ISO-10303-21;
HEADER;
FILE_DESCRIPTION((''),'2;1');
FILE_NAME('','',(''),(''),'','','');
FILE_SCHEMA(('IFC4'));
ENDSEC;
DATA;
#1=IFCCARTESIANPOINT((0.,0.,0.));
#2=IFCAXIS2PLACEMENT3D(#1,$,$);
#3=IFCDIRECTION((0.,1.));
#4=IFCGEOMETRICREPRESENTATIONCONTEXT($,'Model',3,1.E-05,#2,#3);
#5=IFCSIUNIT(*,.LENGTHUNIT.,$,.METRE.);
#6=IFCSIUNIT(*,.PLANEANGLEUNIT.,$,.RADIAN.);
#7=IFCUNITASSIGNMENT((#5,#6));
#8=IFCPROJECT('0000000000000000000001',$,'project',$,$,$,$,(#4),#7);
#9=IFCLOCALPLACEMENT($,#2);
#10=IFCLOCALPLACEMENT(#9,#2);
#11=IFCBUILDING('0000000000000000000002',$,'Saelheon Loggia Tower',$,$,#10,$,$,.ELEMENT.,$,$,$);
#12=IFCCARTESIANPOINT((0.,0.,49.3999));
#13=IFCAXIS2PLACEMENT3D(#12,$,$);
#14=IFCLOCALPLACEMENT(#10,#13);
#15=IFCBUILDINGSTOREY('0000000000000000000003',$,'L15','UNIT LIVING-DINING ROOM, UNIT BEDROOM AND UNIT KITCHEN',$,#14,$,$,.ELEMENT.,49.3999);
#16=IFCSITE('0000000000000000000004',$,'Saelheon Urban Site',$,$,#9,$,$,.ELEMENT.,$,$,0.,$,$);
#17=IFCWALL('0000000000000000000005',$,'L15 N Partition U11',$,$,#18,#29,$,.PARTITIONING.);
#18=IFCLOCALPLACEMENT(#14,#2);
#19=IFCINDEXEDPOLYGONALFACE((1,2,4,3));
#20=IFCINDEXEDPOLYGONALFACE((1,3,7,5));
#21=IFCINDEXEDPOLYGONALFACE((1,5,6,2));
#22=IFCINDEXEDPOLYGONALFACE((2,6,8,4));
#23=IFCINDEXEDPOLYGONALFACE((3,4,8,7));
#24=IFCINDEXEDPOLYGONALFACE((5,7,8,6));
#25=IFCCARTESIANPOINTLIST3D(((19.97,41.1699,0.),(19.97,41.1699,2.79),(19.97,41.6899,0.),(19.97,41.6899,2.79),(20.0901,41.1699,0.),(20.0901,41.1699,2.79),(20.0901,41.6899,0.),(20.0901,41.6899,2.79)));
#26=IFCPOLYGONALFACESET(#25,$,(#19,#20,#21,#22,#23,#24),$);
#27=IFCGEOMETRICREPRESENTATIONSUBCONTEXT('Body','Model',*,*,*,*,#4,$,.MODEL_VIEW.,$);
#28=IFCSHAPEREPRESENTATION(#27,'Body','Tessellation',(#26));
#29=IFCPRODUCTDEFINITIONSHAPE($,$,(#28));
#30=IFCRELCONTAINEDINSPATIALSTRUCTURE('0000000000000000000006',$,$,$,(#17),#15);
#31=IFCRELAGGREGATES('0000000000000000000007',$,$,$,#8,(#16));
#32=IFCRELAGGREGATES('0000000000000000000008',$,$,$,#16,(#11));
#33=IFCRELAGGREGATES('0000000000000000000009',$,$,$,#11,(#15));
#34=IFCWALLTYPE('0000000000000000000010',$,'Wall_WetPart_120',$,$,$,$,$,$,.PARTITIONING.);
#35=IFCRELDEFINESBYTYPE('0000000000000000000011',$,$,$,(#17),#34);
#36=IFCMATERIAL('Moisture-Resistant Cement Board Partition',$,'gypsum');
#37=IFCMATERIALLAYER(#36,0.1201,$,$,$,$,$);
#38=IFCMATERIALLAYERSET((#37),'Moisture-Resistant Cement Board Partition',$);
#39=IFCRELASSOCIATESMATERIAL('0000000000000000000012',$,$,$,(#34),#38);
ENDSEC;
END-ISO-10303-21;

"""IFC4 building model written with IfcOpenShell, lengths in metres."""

from ifc_helpers import new_model, si_unit, direction, frame, frame_2d, origin, place, context, subcontext, project, spatial, rectangle, extrude, material, layer, layer_set, type_object, element, save


model = new_model("IFC4")

# Units and contexts
model_context = context("Model", 3, precision=1e-05, world=origin(), true_north=direction((0.0, 1.0)))
body_context = subcontext(model_context, "Body", "Model", "MODEL_VIEW")
ifc_project = project(units=[si_unit("LENGTHUNIT", "METRE"), si_unit("PLANEANGLEUNIT", "RADIAN")], contexts=[model_context])

# Site, building, storey
site_placement = place(None, origin())
site = spatial("IfcSite", under=ifc_project, at=site_placement, Name="Saelheon Urban Site", CompositionType="ELEMENT", RefElevation=0.0)
building_placement = place(site_placement, origin())
building = spatial("IfcBuilding", under=site, at=building_placement, Name="Saelheon Loggia Tower", CompositionType="ELEMENT")
storey_placement = place(building_placement, frame((0.0, 0.0, 49.3999)))
storey = spatial("IfcBuildingStorey", under=building, at=storey_placement, Name="L15", Description="UNIT LIVING-DINING ROOM, UNIT BEDROOM AND UNIT KITCHEN", CompositionType="ELEMENT", Elevation=49.3999)

# Shared definitions
ifc_material_1 = material(Name="Moisture-Resistant Cement Board Partition", Category="gypsum")
ifc_layer_1 = layer(ifc_material_1, 0.1201)
ifc_layer_set_1 = layer_set([ifc_layer_1], Name="Moisture-Resistant Cement Board Partition")
wall_type_1 = type_object("IfcWallType", Name="Wall_WetPart_120", PredefinedType="PARTITIONING", material=ifc_layer_set_1)

# Wall
wall_1_placement = place(storey_placement, frame((20.03, 41.1699, 0.0), z_axis=(0.0, 0.0, 1.0), x_axis=(0.0, 1.0, 0.0)))
element("IfcWall", 1, at=wall_1_placement, inside=storey, type_object=wall_type_1, Name="L15 N Partition U11", PredefinedType="PARTITIONING", context=body_context, shape_type="SweptSolid", body=[
    extrude(rectangle(XDim=0.52, YDim=0.1201, at=frame_2d((0.26, 0.0))), origin(), (0.0, 0.0, 1.0), 2.79),
])

save(model, "model.ifc")
